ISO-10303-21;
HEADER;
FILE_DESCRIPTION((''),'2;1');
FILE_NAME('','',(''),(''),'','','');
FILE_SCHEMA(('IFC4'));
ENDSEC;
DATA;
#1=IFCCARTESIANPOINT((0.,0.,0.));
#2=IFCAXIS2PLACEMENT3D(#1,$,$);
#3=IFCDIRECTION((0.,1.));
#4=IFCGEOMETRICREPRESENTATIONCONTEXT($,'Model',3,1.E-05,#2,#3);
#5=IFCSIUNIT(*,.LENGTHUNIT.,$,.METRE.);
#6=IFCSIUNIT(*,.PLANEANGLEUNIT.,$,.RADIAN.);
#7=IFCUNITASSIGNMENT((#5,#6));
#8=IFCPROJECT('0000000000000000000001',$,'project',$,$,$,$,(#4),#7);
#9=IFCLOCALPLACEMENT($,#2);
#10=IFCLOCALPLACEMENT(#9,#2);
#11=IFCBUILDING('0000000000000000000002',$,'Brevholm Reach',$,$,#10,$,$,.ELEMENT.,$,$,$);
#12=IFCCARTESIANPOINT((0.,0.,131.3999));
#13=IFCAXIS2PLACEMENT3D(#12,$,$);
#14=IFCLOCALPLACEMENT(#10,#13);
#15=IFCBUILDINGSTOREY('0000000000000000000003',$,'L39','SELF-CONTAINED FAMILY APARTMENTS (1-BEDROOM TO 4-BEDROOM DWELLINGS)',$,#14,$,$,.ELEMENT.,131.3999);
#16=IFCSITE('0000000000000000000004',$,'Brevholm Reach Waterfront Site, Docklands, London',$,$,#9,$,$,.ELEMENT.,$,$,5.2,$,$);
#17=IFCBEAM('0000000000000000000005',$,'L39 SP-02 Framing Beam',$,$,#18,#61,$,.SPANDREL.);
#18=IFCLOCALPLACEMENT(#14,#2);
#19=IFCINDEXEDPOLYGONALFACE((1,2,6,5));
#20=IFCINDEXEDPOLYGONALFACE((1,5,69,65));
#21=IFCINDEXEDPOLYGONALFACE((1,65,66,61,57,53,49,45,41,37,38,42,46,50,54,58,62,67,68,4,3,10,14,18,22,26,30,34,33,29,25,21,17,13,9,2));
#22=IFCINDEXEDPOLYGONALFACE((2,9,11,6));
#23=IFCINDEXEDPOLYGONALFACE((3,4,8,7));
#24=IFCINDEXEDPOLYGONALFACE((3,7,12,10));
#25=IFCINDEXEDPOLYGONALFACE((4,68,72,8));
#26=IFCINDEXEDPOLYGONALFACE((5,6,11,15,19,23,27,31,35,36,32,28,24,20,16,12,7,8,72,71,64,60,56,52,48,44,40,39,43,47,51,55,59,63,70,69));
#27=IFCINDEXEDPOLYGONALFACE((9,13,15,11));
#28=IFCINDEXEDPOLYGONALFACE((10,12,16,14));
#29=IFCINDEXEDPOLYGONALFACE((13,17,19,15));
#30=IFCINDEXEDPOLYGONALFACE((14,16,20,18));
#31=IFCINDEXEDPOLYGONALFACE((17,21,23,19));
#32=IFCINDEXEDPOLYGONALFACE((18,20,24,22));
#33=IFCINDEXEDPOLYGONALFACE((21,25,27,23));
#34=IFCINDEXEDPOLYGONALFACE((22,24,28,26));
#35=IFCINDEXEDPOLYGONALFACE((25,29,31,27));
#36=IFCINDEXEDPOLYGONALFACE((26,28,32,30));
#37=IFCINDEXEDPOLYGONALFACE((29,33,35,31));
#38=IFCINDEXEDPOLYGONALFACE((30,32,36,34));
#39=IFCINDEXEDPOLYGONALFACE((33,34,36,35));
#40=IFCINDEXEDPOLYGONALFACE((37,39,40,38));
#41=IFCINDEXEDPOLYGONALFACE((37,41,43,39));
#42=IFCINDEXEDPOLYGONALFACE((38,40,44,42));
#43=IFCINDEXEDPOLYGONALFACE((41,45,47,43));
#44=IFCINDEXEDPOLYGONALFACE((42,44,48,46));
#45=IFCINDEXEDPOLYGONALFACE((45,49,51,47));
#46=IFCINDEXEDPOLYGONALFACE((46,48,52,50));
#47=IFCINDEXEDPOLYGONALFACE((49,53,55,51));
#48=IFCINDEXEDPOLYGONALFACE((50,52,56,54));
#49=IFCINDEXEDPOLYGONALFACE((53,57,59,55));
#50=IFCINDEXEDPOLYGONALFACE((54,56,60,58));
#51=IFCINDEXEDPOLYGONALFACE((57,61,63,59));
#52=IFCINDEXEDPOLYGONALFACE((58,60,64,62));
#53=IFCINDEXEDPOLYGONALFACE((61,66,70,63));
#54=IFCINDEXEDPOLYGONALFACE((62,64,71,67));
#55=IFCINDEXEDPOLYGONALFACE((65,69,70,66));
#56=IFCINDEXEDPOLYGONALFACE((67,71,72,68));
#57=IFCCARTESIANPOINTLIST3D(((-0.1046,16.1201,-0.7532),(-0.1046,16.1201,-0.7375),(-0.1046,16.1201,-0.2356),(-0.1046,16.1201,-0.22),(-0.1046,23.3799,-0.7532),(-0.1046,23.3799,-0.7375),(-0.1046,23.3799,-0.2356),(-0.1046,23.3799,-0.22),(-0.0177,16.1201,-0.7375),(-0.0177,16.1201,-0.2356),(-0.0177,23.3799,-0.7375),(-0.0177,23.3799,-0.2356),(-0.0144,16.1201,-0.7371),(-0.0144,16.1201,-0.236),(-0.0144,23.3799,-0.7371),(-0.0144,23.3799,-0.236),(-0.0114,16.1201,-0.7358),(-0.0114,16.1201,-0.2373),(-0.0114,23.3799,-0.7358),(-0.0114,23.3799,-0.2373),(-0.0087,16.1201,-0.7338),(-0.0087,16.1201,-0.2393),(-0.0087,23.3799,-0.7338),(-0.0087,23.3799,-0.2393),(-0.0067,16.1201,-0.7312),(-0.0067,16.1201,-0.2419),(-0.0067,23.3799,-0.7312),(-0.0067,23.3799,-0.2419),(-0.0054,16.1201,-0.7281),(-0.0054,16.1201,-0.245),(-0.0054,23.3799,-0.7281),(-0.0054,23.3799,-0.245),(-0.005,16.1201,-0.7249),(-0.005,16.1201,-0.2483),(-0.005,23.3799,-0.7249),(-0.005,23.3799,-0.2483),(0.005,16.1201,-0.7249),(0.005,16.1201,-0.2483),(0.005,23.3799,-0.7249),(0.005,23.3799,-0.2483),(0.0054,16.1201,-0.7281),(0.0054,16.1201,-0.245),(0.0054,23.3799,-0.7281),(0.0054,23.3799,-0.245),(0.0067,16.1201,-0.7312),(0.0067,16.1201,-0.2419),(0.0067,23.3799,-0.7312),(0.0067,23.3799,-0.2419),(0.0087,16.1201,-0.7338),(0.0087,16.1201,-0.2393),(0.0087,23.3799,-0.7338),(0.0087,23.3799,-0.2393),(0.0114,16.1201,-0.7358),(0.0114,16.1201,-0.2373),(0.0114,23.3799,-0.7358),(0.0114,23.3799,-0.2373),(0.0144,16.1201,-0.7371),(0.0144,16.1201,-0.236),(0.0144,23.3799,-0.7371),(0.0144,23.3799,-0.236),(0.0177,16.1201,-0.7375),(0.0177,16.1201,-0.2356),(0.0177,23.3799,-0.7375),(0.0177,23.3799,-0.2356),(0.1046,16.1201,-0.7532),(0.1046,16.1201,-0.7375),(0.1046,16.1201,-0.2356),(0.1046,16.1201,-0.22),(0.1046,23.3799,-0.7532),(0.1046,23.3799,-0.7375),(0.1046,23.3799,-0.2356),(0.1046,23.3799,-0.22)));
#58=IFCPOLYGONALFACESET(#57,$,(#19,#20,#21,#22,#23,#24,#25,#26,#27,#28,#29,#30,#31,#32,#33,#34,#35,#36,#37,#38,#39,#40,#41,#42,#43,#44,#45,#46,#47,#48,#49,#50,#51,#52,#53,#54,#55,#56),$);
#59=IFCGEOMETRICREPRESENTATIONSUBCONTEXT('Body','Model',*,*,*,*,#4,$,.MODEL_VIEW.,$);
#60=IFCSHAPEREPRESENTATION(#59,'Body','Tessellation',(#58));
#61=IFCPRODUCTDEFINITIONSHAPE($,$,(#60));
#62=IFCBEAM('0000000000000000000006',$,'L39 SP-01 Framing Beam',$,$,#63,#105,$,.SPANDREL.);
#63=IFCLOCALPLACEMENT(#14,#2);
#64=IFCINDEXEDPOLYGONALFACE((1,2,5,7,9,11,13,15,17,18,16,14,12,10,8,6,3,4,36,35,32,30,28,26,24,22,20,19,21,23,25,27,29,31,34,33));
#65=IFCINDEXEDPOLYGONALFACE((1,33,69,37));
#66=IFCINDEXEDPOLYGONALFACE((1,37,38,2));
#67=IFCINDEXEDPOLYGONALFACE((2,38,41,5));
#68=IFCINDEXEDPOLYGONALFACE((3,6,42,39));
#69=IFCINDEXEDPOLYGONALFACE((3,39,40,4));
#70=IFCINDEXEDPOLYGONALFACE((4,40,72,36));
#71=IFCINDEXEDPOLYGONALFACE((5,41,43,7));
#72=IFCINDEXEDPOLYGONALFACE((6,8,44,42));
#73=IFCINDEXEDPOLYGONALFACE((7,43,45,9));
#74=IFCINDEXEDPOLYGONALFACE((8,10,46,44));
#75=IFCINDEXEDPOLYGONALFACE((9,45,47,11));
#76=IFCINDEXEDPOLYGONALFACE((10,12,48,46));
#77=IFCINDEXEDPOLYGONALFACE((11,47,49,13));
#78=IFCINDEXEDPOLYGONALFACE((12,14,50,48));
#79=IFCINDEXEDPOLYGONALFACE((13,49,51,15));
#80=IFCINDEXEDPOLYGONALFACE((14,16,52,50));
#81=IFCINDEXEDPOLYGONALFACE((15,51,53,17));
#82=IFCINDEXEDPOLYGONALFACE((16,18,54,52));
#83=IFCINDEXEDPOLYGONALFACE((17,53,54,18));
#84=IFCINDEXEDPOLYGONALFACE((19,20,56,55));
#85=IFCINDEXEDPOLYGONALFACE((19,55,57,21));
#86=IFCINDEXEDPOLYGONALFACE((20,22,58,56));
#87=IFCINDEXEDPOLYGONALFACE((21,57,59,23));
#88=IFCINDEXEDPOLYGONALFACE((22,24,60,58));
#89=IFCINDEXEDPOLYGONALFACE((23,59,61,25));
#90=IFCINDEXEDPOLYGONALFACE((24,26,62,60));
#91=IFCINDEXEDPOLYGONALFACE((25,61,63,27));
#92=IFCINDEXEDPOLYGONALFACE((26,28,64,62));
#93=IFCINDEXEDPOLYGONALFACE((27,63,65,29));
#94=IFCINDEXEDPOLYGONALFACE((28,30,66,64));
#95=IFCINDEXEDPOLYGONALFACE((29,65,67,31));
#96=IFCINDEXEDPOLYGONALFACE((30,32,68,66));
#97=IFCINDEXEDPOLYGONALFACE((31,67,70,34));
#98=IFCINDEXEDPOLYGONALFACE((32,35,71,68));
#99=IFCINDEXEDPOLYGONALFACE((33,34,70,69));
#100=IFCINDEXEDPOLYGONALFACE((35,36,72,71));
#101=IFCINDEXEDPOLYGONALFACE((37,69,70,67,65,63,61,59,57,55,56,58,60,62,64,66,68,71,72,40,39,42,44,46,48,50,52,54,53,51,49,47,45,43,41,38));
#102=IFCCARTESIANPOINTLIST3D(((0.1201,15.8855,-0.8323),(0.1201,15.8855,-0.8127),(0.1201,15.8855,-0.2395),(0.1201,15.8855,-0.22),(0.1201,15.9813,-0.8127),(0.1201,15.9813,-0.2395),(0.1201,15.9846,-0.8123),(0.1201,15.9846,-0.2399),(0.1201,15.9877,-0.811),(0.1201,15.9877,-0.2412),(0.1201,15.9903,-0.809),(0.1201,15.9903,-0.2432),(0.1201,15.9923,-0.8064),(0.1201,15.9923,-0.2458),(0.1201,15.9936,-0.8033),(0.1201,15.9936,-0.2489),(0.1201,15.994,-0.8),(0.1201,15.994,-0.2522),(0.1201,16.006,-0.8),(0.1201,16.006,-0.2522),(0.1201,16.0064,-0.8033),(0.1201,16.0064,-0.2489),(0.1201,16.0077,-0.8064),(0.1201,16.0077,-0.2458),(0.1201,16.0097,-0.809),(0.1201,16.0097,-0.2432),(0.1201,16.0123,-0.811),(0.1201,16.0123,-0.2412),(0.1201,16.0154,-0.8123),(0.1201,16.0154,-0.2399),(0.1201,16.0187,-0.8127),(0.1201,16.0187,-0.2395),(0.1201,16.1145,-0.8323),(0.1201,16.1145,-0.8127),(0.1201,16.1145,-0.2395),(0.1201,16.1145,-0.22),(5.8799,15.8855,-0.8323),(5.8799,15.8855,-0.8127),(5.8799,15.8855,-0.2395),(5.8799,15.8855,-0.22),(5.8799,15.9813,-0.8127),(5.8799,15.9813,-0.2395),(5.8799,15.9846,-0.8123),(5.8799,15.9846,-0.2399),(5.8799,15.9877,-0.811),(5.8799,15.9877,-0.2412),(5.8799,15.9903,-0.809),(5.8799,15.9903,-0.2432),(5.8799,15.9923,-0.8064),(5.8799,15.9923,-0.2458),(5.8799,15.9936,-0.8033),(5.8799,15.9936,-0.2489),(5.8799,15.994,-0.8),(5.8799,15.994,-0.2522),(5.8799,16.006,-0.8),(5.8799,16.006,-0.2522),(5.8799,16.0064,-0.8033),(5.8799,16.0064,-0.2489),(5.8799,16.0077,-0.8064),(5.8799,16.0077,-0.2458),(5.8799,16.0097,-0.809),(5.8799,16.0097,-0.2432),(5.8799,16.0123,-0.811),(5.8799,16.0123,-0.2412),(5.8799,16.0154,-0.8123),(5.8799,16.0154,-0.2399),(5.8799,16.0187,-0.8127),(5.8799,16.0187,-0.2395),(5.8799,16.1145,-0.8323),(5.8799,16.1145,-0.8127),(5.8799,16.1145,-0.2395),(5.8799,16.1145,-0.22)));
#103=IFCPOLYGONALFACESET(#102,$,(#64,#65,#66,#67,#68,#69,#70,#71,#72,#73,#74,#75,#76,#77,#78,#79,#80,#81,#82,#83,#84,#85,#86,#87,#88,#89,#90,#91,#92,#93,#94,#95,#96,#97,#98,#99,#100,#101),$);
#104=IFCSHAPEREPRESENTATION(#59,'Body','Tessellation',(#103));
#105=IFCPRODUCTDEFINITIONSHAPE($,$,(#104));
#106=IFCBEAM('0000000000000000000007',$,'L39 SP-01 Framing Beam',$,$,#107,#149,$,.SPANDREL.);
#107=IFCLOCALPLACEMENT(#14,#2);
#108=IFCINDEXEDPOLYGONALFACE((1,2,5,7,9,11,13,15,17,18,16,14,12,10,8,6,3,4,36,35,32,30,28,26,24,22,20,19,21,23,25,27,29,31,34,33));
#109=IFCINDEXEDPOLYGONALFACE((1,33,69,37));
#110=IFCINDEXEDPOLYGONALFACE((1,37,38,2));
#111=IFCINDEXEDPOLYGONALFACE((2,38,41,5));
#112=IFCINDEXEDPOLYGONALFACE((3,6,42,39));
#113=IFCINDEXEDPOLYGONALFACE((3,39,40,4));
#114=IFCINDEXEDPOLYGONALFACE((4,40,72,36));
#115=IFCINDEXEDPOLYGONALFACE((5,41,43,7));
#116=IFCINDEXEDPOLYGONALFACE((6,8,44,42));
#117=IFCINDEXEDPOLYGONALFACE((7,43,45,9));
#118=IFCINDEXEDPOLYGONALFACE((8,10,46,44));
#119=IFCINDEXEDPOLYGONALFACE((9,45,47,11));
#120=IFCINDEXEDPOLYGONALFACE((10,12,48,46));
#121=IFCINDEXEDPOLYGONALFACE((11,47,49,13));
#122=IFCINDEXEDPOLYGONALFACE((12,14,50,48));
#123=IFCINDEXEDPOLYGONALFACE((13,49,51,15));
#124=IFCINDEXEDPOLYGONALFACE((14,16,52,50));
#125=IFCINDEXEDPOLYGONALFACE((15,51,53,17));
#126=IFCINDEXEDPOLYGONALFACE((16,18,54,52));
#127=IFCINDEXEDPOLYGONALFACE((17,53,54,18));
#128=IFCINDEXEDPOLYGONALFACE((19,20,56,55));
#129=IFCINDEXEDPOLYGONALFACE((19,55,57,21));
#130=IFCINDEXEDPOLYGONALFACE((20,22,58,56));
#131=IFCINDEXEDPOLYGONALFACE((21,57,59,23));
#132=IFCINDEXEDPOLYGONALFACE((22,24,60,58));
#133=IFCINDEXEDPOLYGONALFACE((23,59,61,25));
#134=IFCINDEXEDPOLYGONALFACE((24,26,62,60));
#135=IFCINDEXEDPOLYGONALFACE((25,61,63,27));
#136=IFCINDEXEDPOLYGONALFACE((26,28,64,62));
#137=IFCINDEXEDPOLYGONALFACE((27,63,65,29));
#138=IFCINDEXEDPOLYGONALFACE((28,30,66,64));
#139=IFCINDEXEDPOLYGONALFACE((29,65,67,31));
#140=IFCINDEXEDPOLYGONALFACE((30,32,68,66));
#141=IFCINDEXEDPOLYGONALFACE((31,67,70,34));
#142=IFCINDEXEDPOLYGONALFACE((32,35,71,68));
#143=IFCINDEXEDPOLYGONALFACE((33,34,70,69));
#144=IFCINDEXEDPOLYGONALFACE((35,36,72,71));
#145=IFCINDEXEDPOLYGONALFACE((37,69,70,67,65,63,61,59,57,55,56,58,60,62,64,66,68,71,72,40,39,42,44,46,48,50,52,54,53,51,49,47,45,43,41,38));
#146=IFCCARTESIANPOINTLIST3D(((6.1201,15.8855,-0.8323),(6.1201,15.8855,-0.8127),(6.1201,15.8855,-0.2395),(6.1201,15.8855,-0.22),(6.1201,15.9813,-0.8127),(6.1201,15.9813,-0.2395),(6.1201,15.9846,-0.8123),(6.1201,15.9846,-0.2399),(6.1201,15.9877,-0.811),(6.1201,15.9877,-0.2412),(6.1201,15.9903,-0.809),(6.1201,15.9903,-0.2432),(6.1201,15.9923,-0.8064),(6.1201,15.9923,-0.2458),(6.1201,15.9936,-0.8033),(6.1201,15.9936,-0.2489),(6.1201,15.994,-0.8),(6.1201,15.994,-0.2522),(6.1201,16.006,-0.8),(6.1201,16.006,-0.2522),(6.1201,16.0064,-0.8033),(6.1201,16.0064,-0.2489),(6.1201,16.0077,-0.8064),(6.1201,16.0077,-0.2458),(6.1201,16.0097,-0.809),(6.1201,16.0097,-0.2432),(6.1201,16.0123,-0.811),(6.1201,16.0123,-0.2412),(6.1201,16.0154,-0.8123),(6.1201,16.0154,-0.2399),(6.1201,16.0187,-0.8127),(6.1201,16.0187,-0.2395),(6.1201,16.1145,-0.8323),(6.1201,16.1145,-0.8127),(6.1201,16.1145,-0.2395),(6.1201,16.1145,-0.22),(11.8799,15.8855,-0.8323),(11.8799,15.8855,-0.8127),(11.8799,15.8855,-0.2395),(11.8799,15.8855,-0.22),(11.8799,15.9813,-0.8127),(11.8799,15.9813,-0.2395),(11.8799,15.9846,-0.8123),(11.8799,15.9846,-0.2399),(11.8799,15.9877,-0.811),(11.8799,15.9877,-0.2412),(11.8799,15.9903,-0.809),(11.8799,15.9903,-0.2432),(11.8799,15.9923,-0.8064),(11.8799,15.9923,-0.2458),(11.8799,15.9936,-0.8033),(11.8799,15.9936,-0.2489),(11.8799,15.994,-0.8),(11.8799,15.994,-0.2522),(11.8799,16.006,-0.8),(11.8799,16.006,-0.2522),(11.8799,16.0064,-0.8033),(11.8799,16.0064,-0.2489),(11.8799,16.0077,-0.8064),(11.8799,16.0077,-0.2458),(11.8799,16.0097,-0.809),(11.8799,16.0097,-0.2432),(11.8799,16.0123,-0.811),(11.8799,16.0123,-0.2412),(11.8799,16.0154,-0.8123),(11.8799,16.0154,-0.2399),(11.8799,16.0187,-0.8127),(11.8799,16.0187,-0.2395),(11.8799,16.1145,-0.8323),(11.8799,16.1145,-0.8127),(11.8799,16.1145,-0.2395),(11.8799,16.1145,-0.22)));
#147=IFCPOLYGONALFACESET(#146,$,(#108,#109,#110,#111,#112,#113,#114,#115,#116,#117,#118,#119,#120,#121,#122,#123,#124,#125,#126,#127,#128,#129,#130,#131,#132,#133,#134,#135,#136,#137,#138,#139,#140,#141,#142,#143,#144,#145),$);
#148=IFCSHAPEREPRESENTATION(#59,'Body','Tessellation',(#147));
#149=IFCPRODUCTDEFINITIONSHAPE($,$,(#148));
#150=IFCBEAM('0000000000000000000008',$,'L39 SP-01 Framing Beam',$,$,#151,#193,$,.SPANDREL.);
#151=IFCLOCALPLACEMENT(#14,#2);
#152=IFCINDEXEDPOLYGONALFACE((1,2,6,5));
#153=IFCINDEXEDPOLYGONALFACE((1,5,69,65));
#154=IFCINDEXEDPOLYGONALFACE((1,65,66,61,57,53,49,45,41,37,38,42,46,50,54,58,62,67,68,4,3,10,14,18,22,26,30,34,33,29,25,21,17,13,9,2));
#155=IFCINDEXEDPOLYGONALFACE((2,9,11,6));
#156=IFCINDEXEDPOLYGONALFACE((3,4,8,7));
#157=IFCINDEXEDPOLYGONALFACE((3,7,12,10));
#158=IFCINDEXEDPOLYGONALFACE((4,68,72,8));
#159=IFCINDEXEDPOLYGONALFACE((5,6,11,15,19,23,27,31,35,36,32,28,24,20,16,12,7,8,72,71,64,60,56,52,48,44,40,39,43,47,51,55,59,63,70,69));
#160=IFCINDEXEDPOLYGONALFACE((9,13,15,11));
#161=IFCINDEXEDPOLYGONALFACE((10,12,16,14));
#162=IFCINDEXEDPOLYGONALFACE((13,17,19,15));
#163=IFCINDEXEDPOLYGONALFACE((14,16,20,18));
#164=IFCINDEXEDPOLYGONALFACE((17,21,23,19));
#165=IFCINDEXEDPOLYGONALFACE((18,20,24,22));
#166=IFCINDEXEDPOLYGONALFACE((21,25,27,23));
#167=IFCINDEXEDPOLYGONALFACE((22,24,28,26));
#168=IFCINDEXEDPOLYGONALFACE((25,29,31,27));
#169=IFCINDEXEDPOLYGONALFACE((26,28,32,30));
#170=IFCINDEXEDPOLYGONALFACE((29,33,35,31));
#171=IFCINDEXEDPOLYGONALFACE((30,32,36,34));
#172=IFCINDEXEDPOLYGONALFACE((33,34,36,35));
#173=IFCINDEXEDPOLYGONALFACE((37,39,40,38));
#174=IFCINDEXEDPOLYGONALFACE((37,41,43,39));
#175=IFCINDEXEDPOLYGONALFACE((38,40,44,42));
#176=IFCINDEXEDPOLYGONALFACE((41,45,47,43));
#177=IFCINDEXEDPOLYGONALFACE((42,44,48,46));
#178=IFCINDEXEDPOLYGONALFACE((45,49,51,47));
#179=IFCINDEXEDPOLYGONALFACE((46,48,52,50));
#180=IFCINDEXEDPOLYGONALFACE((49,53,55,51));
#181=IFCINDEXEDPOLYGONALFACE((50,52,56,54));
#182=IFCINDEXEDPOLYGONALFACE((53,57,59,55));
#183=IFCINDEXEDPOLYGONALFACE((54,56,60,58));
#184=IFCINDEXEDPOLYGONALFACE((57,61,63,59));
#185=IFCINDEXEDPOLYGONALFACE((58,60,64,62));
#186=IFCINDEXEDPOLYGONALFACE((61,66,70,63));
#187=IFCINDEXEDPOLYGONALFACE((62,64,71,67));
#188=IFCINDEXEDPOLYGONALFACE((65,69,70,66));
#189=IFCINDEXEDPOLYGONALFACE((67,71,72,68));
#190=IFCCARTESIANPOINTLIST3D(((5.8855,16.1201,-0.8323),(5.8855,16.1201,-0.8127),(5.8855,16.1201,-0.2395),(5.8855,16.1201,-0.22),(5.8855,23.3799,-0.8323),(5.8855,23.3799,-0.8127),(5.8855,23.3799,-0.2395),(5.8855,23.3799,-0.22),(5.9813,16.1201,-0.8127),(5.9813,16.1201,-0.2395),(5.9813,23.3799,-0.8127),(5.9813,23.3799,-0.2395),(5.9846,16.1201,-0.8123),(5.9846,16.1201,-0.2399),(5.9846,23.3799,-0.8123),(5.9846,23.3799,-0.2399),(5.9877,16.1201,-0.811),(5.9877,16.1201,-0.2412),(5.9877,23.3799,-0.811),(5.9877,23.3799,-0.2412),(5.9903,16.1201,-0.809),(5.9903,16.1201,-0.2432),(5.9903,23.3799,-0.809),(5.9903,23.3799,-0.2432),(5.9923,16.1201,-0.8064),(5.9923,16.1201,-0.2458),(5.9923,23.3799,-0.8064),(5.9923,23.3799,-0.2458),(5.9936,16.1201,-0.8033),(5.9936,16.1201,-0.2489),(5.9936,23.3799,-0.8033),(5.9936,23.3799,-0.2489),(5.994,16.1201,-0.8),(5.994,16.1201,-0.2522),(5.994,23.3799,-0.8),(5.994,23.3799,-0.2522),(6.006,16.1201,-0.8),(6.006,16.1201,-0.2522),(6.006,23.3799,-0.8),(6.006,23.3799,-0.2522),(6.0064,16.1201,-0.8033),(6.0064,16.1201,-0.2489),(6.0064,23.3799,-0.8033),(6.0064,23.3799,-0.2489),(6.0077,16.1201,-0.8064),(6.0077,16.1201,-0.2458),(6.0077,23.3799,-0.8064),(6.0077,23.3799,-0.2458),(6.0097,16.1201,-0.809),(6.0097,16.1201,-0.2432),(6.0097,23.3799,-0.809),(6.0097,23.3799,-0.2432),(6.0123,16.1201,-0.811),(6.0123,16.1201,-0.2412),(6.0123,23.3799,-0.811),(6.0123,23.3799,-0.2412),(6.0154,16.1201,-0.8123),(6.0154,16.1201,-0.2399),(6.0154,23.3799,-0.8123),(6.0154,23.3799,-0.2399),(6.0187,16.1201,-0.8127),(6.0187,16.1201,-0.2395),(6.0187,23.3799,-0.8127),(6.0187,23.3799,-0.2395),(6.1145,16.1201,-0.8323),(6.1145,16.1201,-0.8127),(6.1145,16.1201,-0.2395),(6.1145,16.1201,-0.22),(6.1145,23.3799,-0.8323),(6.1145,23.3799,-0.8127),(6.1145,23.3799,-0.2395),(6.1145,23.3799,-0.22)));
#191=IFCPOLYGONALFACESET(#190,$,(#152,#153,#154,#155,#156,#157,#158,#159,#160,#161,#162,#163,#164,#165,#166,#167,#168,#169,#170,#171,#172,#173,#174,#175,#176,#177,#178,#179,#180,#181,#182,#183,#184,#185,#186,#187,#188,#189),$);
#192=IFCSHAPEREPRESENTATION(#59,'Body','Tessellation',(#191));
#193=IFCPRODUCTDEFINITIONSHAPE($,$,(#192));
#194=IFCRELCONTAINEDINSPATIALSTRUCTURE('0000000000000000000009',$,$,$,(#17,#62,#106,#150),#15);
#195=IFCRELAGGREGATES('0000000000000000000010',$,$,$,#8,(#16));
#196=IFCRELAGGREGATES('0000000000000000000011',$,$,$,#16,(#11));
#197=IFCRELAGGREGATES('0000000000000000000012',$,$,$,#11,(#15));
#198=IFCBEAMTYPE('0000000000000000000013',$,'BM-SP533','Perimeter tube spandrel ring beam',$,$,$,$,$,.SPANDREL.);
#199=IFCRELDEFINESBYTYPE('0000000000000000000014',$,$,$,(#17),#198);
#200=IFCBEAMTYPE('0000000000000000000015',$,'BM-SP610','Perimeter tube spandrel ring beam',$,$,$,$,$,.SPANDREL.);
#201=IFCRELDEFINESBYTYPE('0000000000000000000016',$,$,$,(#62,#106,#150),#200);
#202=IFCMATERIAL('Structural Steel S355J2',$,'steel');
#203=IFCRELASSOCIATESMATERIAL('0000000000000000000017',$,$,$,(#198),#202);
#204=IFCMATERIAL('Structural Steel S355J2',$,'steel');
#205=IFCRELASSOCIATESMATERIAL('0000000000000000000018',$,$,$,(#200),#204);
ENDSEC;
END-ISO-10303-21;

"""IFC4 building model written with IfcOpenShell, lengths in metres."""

from ifc_helpers import new_model, si_unit, direction, frame, origin, origin_2d, place, context, subcontext, project, spatial, i_section, extrude, material, material_profile, profile_set, type_object, element, save


model = new_model("IFC4")

# Units and contexts
model_context = context("Model", 3, precision=1e-05, world=origin(), true_north=direction((0.0, 1.0)))
body_context = subcontext(model_context, "Body", "Model", "MODEL_VIEW")
ifc_project = project(units=[si_unit("LENGTHUNIT", "METRE"), si_unit("PLANEANGLEUNIT", "RADIAN")], contexts=[model_context])

# Site, building, storey
site_placement = place(None, origin())
site = spatial("IfcSite", under=ifc_project, at=site_placement, Name="Brevholm Reach Waterfront Site, Docklands, London", CompositionType="ELEMENT", RefElevation=5.2)
building_placement = place(site_placement, origin())
building = spatial("IfcBuilding", under=site, at=building_placement, Name="Brevholm Reach", CompositionType="ELEMENT")
storey_placement = place(building_placement, frame((0.0, 0.0, 131.3999)))
storey = spatial("IfcBuildingStorey", under=building, at=storey_placement, Name="L39", Description="SELF-CONTAINED FAMILY APARTMENTS (1-BEDROOM TO 4-BEDROOM DWELLINGS)", CompositionType="ELEMENT", Elevation=131.3999)

# Beams
ifc_material_1 = material(Name="Structural Steel S355J2", Category="steel")
ifc_material_profile_1 = material_profile(ifc_material_1, i_section(OverallWidth=0.2092, OverallDepth=0.5332, WebThickness=0.01, FlangeThickness=0.0156, FilletRadius=0.0127, at=origin_2d()), Name="UKB 533x210x92")
ifc_profile_set_1 = profile_set([ifc_material_profile_1], Name="Structural Steel S355J2")
beam_type_1 = type_object("IfcBeamType", Name="BM-SP533", Description="Perimeter tube spandrel ring beam", PredefinedType="SPANDREL", material=ifc_profile_set_1)
beam_1_placement = place(storey_placement, frame((0.0, 16.1201, -0.4866), z_axis=(0.0, 1.0, 0.0), x_axis=(-1.0, 0.0, 0.0)))
element("IfcBeam", 1, at=beam_1_placement, inside=storey, type_object=beam_type_1, Name="L39 SP-02 Framing Beam", PredefinedType="SPANDREL", context=body_context, shape_type="SweptSolid", body=[
    extrude(i_section(OverallWidth=0.2092, OverallDepth=0.5332, WebThickness=0.01, FlangeThickness=0.0156, FilletRadius=0.0127, at=origin_2d()), origin(), (0.0, 0.0, 1.0), 7.2598),
])
ifc_material_2 = material(Name="Structural Steel S355J2", Category="steel")
ifc_material_profile_2 = material_profile(ifc_material_2, i_section(OverallWidth=0.229, OverallDepth=0.6123, WebThickness=0.012, FlangeThickness=0.0195, FilletRadius=0.0127, at=origin_2d()), Name="UKB 610x229x125")
ifc_profile_set_2 = profile_set([ifc_material_profile_2], Name="Structural Steel S355J2")
beam_type_2 = type_object("IfcBeamType", Name="BM-SP610", Description="Perimeter tube spandrel ring beam", PredefinedType="SPANDREL", material=ifc_profile_set_2)
for number, where, z_axis, x_axis, name in (
    (2, (0.1201, 16.0, -0.5261), (1.0, 0.0, 0.0), (0.0, 1.0, 0.0), "L39 SP-01 Framing Beam"),
    (3, (6.1201, 16.0, -0.5261), (1.0, 0.0, 0.0), (0.0, 1.0, 0.0), "L39 SP-01 Framing Beam"),
):
    element("IfcBeam", number, at=place(storey_placement, frame(where, z_axis=z_axis, x_axis=x_axis)), inside=storey, type_object=beam_type_2, Name=name, PredefinedType="SPANDREL", context=body_context, shape_type="SweptSolid", body=[
        extrude(i_section(OverallWidth=0.229, OverallDepth=0.6123, WebThickness=0.012, FlangeThickness=0.0195, FilletRadius=0.0127, at=origin_2d()), origin(), (0.0, 0.0, 1.0), 5.7598),
    ])
beam_2_placement = place(storey_placement, frame((6.0, 16.1201, -0.5261), z_axis=(0.0, 1.0, 0.0), x_axis=(-1.0, 0.0, 0.0)))
element("IfcBeam", 4, at=beam_2_placement, inside=storey, type_object=beam_type_2, Name="L39 SP-01 Framing Beam", PredefinedType="SPANDREL", context=body_context, shape_type="SweptSolid", body=[
    extrude(i_section(OverallWidth=0.229, OverallDepth=0.6123, WebThickness=0.012, FlangeThickness=0.0195, FilletRadius=0.0127, at=origin_2d()), origin(), (0.0, 0.0, 1.0), 7.2598),
])

save(model, "model.ifc")
